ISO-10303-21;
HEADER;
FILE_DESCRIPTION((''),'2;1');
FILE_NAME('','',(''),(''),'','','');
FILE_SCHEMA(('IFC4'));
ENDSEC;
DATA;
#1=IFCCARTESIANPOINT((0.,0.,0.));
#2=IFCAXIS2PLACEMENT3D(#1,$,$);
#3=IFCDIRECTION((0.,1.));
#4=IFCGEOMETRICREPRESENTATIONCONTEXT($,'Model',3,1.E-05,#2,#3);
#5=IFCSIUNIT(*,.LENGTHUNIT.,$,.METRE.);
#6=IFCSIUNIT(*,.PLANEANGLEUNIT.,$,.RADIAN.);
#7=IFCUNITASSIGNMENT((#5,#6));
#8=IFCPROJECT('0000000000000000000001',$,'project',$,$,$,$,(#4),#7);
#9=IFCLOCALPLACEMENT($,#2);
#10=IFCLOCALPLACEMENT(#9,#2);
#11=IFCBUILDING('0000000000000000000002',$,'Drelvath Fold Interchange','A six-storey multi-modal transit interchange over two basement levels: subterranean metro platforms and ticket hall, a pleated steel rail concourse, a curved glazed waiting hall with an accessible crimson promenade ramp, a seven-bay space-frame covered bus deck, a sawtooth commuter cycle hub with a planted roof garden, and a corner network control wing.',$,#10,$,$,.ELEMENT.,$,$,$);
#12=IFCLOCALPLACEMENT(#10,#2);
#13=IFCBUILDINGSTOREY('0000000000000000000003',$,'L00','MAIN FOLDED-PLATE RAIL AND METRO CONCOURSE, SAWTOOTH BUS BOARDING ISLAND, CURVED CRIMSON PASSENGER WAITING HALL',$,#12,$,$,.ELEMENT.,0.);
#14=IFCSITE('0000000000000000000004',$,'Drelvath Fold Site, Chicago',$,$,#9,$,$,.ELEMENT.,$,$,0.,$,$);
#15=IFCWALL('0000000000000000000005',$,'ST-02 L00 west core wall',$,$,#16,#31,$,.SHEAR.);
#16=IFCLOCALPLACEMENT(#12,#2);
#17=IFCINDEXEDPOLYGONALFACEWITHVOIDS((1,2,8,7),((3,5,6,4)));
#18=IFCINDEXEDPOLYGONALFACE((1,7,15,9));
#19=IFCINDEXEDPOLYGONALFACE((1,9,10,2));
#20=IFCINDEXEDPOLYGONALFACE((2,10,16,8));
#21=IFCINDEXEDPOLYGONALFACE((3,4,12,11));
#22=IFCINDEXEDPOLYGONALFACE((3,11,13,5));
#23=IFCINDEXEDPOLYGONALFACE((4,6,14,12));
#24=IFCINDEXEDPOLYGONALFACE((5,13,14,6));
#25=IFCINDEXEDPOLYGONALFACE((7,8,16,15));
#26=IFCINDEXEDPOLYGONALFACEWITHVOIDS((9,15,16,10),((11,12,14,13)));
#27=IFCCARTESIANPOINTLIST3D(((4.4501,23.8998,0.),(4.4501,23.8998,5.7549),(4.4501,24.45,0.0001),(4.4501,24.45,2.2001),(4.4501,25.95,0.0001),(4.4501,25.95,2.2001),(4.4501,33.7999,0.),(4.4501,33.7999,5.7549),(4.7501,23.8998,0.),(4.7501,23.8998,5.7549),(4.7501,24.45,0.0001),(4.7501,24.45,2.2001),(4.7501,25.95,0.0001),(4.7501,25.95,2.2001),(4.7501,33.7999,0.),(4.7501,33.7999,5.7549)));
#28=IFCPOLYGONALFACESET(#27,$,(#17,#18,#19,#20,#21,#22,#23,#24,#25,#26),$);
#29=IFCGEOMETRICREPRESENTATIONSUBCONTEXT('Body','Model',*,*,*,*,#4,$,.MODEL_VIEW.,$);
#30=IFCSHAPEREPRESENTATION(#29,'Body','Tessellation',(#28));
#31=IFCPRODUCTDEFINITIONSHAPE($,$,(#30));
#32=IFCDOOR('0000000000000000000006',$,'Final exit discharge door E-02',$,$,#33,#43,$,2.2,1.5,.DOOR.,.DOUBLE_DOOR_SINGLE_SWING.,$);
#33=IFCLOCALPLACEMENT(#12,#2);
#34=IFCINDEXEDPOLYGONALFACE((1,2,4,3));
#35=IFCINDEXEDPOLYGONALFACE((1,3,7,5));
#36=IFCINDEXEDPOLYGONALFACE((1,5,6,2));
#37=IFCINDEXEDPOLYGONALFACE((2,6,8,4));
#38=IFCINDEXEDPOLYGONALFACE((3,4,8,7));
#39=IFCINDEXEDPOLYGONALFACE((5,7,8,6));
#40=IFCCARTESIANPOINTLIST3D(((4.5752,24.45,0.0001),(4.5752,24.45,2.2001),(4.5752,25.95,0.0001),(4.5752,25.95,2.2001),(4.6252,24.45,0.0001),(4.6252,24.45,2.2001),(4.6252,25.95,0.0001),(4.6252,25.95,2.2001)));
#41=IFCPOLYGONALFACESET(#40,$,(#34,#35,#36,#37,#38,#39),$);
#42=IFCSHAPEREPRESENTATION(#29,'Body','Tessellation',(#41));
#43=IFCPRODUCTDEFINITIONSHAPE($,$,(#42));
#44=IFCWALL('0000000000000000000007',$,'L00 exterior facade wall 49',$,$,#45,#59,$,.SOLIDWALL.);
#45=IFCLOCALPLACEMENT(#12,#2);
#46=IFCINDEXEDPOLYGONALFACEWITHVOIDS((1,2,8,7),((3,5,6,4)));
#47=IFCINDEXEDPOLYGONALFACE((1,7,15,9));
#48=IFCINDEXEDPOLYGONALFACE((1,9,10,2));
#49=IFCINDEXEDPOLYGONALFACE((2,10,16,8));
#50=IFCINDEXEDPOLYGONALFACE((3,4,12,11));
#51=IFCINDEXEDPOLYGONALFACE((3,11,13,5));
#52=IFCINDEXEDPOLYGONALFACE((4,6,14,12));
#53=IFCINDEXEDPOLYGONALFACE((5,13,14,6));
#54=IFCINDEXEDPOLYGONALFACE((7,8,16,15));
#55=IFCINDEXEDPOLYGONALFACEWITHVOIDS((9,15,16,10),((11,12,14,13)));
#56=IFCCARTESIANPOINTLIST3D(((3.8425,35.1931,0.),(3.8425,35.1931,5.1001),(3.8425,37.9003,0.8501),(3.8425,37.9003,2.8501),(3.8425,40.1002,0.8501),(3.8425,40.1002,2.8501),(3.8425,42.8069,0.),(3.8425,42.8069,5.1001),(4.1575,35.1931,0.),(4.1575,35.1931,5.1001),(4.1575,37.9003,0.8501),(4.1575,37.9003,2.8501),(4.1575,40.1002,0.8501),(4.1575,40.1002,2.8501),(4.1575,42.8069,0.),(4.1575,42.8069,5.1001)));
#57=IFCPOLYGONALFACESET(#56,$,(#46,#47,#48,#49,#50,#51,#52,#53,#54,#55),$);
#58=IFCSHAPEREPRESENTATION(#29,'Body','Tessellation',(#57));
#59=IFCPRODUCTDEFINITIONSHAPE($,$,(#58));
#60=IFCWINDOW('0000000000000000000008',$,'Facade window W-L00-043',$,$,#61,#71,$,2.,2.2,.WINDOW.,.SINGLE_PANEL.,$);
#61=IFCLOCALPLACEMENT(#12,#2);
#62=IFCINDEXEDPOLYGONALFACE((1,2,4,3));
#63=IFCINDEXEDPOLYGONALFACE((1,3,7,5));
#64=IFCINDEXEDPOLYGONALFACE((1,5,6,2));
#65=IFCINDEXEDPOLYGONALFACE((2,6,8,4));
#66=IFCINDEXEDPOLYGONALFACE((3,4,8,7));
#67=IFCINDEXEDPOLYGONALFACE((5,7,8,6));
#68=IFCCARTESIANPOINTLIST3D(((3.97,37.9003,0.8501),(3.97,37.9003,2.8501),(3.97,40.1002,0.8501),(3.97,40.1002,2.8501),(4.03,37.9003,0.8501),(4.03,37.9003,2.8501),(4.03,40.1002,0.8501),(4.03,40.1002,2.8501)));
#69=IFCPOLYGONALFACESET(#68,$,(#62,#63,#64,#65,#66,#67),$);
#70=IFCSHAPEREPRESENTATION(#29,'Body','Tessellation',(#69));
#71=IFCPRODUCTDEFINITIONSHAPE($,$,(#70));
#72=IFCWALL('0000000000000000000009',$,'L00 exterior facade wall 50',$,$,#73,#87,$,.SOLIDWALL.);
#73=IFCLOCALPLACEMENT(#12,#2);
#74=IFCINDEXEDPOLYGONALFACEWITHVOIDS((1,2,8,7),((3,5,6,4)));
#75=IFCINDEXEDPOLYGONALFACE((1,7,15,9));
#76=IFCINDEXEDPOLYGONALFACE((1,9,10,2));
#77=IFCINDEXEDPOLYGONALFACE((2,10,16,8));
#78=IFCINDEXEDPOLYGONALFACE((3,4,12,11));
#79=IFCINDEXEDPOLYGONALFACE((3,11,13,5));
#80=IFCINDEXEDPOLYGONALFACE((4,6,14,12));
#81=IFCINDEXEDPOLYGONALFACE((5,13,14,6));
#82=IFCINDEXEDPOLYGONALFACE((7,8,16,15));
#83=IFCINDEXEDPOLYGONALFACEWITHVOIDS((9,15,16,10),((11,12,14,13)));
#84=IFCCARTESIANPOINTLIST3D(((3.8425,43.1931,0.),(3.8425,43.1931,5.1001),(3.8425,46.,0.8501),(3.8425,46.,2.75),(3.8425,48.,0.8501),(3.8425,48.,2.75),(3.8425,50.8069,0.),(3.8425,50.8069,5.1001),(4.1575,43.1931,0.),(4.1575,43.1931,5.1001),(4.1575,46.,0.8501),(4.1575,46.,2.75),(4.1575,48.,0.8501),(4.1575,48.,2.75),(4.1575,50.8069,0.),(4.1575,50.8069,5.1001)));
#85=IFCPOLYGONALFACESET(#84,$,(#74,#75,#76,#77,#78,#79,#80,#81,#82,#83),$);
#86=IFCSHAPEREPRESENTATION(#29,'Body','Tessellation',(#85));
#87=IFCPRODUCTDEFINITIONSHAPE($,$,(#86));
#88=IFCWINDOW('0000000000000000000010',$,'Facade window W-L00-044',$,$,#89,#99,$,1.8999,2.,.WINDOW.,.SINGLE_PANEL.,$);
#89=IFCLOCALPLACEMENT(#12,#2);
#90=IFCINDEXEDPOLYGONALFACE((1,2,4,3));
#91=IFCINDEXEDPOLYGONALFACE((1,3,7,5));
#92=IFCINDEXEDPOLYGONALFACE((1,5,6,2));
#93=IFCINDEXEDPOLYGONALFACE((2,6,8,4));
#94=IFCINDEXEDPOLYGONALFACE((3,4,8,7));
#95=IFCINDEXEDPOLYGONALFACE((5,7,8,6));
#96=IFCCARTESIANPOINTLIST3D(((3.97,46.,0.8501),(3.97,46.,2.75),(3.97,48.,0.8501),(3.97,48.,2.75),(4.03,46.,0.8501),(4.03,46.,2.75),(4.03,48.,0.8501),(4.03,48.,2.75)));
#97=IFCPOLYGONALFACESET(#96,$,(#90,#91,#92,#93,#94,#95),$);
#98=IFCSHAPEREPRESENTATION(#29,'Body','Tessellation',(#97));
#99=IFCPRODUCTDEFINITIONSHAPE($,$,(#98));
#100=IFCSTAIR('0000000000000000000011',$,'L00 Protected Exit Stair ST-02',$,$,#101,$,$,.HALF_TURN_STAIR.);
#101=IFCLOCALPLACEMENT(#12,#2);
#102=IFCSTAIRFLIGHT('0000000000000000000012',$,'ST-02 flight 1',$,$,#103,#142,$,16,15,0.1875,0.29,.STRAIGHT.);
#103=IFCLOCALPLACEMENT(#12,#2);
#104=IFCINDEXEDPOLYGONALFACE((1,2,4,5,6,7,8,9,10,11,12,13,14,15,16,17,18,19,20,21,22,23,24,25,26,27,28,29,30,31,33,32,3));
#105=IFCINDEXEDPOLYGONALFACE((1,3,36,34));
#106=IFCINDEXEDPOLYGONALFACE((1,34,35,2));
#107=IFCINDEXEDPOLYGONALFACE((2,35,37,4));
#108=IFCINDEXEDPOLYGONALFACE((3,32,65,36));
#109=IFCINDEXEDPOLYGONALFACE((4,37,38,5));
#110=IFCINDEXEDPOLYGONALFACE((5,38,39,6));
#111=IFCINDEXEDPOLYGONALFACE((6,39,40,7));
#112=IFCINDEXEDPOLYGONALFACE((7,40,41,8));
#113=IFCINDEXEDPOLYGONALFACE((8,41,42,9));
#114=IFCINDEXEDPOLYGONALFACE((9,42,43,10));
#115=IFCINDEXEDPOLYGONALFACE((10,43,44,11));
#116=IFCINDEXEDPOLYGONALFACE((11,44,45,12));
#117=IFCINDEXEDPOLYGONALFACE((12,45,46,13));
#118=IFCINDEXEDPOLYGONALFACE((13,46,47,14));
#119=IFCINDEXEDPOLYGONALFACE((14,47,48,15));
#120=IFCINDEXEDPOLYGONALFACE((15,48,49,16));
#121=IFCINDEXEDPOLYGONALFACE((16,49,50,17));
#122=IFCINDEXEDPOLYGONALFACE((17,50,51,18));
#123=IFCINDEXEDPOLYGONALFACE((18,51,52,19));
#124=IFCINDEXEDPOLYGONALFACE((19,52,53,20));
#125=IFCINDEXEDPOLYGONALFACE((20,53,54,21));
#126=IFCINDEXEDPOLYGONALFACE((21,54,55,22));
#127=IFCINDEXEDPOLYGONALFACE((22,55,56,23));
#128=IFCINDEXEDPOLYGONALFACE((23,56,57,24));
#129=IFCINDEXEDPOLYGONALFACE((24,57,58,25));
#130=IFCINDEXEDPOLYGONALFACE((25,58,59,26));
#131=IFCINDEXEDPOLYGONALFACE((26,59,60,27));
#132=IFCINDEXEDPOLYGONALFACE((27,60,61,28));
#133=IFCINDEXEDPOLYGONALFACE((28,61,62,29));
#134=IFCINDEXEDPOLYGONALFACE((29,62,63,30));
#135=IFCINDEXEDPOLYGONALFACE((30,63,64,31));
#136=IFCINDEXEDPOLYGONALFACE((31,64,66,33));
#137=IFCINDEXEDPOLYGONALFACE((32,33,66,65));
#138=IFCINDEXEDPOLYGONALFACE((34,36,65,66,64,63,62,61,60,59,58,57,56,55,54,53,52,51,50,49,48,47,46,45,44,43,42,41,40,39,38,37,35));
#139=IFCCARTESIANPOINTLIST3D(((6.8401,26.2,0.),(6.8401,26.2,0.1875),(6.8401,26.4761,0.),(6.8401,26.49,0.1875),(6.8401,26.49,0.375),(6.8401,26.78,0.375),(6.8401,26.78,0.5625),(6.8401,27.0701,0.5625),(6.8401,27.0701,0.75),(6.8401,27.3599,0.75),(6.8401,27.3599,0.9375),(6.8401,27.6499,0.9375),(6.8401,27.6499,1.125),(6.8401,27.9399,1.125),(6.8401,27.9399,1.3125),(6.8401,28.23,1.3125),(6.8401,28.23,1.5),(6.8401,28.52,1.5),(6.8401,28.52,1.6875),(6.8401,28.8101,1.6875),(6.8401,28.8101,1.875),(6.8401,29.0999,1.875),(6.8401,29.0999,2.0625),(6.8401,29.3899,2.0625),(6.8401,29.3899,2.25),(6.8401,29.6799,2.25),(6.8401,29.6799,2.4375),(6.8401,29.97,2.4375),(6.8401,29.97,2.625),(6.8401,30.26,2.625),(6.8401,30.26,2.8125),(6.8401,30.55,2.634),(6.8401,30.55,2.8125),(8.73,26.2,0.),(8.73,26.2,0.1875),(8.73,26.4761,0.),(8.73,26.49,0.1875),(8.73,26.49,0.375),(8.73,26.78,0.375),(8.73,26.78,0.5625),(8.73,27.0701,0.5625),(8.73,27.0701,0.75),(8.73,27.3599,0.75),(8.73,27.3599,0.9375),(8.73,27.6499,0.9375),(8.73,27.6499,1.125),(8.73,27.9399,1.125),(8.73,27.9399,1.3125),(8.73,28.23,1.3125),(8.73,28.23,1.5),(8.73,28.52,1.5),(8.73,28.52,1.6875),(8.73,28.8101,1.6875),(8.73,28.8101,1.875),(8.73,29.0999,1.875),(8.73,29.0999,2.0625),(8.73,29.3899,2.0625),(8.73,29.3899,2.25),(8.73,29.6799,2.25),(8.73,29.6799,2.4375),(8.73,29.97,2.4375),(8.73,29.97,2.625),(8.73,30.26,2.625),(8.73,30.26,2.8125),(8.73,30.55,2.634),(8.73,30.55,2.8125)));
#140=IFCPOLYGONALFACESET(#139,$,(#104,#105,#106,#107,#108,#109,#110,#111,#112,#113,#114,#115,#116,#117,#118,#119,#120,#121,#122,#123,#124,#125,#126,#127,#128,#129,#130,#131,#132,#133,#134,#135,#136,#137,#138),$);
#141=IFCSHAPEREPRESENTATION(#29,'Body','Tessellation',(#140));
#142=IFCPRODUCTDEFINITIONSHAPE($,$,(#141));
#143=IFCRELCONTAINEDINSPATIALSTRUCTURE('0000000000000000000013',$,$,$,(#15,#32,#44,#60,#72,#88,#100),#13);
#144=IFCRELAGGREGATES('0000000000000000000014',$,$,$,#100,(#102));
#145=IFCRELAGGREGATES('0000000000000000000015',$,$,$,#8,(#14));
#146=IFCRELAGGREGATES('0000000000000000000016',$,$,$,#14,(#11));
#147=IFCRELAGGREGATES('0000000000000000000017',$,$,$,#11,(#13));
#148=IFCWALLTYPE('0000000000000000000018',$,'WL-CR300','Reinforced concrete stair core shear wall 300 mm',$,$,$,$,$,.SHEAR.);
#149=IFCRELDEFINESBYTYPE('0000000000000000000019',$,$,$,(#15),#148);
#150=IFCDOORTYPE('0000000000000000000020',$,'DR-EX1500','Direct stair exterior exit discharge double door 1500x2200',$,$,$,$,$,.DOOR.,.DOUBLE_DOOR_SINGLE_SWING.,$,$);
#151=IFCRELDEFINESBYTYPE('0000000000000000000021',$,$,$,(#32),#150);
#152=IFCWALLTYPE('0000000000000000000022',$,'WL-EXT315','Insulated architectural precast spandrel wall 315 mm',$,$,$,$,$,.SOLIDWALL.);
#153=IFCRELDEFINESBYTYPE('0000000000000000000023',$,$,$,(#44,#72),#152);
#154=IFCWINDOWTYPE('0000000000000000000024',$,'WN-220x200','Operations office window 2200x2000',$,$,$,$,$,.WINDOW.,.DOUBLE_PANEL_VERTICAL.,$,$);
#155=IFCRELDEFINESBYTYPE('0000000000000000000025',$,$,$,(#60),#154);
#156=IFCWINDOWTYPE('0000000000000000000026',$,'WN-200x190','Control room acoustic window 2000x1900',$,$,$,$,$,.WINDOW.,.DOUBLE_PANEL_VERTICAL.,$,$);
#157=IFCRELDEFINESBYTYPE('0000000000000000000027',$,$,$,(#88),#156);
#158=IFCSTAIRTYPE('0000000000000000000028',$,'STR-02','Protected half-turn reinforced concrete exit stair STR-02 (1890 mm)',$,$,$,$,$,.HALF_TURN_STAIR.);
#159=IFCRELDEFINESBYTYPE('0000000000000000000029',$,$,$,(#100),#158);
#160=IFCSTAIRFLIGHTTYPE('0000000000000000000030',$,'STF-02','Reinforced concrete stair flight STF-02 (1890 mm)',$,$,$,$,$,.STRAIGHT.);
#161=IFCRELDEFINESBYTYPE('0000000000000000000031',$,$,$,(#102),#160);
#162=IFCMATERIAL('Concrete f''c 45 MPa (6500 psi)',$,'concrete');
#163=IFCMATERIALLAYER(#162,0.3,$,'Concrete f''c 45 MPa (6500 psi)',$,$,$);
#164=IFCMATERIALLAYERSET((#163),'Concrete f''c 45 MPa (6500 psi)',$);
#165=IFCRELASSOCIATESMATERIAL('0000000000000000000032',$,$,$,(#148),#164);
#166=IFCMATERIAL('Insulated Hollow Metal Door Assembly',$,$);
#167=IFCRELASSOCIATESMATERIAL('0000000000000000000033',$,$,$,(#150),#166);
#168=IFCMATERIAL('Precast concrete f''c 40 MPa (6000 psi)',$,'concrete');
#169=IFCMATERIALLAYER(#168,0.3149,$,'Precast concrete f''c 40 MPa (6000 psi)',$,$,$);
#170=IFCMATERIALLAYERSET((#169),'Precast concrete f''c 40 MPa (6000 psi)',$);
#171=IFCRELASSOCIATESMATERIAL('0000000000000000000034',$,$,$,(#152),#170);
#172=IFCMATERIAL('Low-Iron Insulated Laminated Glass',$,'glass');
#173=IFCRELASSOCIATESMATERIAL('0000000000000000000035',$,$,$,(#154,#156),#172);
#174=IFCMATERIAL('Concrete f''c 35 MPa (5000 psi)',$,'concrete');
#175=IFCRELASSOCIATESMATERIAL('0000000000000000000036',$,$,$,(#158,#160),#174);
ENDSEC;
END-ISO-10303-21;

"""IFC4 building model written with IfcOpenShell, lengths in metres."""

from ifc_helpers import new_model, si_unit, direction, frame, frame_2d, origin, place, context, subcontext, project, spatial, polyline, rectangle, outline, extrude, material, layer, layer_set, type_object, element, fill, aggregate, save


model = new_model("IFC4")

# Units and contexts
model_context = context("Model", 3, precision=1e-05, world=origin(), true_north=direction((0.0, 1.0)))
body_context = subcontext(model_context, "Body", "Model", "MODEL_VIEW")
ifc_project = project(units=[si_unit("LENGTHUNIT", "METRE"), si_unit("PLANEANGLEUNIT", "RADIAN")], contexts=[model_context])

# Site, building, storey
site_placement = place(None, origin())
site = spatial("IfcSite", under=ifc_project, at=site_placement, Name="Drelvath Fold Site, Chicago", CompositionType="ELEMENT", RefElevation=0.0)
building_placement = place(site_placement, origin())
building = spatial("IfcBuilding", under=site, at=building_placement, Name="Drelvath Fold Interchange", Description="A six-storey multi-modal transit interchange over two basement levels: subterranean metro platforms and ticket hall, a pleated steel rail concourse, a curved glazed waiting hall with an accessible crimson promenade ramp, a seven-bay space-frame covered bus deck, a sawtooth commuter cycle hub with a planted roof garden, and a corner network control wing.", CompositionType="ELEMENT")
storey_placement = place(building_placement, origin())
storey = spatial("IfcBuildingStorey", under=building, at=storey_placement, Name="L00", Description="MAIN FOLDED-PLATE RAIL AND METRO CONCOURSE, SAWTOOTH BUS BOARDING ISLAND, CURVED CRIMSON PASSENGER WAITING HALL", CompositionType="ELEMENT", Elevation=0.0)

# Shared definitions
ifc_material_1 = material(Name="Concrete f'c 45 MPa (6500 psi)", Category="concrete")
ifc_layer_1 = layer(ifc_material_1, 0.3, Name="Concrete f'c 45 MPa (6500 psi)")
ifc_layer_set_1 = layer_set([ifc_layer_1], Name="Concrete f'c 45 MPa (6500 psi)")
wall_type_1 = type_object("IfcWallType", Name="WL-CR300", Description="Reinforced concrete stair core shear wall 300 mm", PredefinedType="SHEAR", material=ifc_layer_set_1)

# Wall, opening, door
wall_1_placement = place(storey_placement, frame((4.6001, 33.8, 0.0), z_axis=(0.0, 0.0, 1.0), x_axis=(0.0, -1.0, 0.0)))
wall_1 = element("IfcWall", 1, at=wall_1_placement, inside=storey, type_object=wall_type_1, Name="ST-02 L00 west core wall", PredefinedType="SHEAR", context=body_context, shape_type="SweptSolid", body=[
    extrude(rectangle(XDim=9.9001, YDim=0.3, at=frame_2d((4.9502, 0.0))), origin(), (0.0, 0.0, 1.0), 5.7549),
])
opening_1_placement = place(wall_1_placement, frame((7.8501, 0.0, 0.0)))
opening_1 = element("IfcOpeningElement", 2, at=opening_1_placement, cuts=wall_1, PredefinedType="OPENING", context=body_context, shape_type="SweptSolid", body=[
    extrude(rectangle(XDim=1.5, YDim=2.2, at=frame_2d((0.75, 1.1001))), frame((0.0, 0.1599, 0.0), z_axis=(0.0, -1.0, 0.0), x_axis=(1.0, 0.0, 0.0)), (0.0, 0.0, 1.0), 0.3201),
])
ifc_material_2 = material(Name="Insulated Hollow Metal Door Assembly")
door_type = type_object("IfcDoorType", Name="DR-EX1500", Description="Direct stair exterior exit discharge double door 1500x2200", OperationType="DOUBLE_DOOR_SINGLE_SWING", PredefinedType="DOOR", material=ifc_material_2)
door_placement = place(opening_1_placement, frame((1.5, 0.0, 0.0), z_axis=(0.0, 0.0, 1.0), x_axis=(-1.0, 0.0, 0.0)))
door = element("IfcDoor", 3, at=door_placement, inside=storey, type_object=door_type, Name="Final exit discharge door E-02", OperationType="DOUBLE_DOOR_SINGLE_SWING", OverallHeight=2.2, OverallWidth=1.5, PredefinedType="DOOR", context=body_context, shape_type="SweptSolid", body=[
    extrude(rectangle(XDim=1.5, YDim=2.2, at=frame_2d((0.75, 1.1001))), frame((0.0, 0.0249, 0.0), z_axis=(0.0, -1.0, 0.0), x_axis=(1.0, 0.0, 0.0)), (0.0, 0.0, 1.0), 0.05),
])
fill(opening_1, door)

# Walls, openings, windows
ifc_material_3 = material(Name="Precast concrete f'c 40 MPa (6000 psi)", Category="concrete")
ifc_layer_2 = layer(ifc_material_3, 0.3149, Name="Precast concrete f'c 40 MPa (6000 psi)")
ifc_layer_set_2 = layer_set([ifc_layer_2], Name="Precast concrete f'c 40 MPa (6000 psi)")
wall_type_2 = type_object("IfcWallType", Name="WL-EXT315", Description="Insulated architectural precast spandrel wall 315 mm", PredefinedType="SOLIDWALL", material=ifc_layer_set_2)
wall_2_placement = place(storey_placement, frame((4.0, 35.1931, 0.0), z_axis=(0.0, 0.0, 1.0), x_axis=(0.0, 1.0, 0.0)))
wall_2 = element("IfcWall", 4, at=wall_2_placement, inside=storey, type_object=wall_type_2, Name="L00 exterior facade wall 49", PredefinedType="SOLIDWALL", context=body_context, shape_type="SweptSolid", body=[
    extrude(rectangle(XDim=7.6138, YDim=0.3149, at=frame_2d((3.8069, 0.0))), origin(), (0.0, 0.0, 1.0), 5.1001),
])
opening_2_placement = place(wall_2_placement, frame((2.707, 0.0, 0.8501)))
opening_2 = element("IfcOpeningElement", 5, at=opening_2_placement, cuts=wall_2, PredefinedType="OPENING", context=body_context, shape_type="SweptSolid", body=[
    extrude(rectangle(XDim=2.2, YDim=2.0, at=frame_2d((1.1001, 1.0))), frame((0.0, 0.1675, 0.0), z_axis=(0.0, -1.0, 0.0), x_axis=(1.0, 0.0, 0.0)), (0.0, 0.0, 1.0), 0.335),
])
ifc_material_4 = material(Name="Low-Iron Insulated Laminated Glass", Category="glass")
window_type_1 = type_object("IfcWindowType", Name="WN-220x200", Description="Operations office window 2200x2000", PartitioningType="DOUBLE_PANEL_VERTICAL", PredefinedType="WINDOW", material=ifc_material_4)
window_1_placement = place(opening_2_placement, origin())
window_1 = element("IfcWindow", 6, at=window_1_placement, inside=storey, type_object=window_type_1, Name="Facade window W-L00-043", OverallHeight=2.0, OverallWidth=2.2, PartitioningType="SINGLE_PANEL", PredefinedType="WINDOW", context=body_context, shape_type="SweptSolid", body=[
    extrude(rectangle(XDim=2.2, YDim=2.0, at=frame_2d((1.1001, 1.0))), frame((0.0, 0.03, 0.0), z_axis=(0.0, -1.0, 0.0), x_axis=(1.0, 0.0, 0.0)), (0.0, 0.0, 1.0), 0.0601),
])
fill(opening_2, window_1)
wall_3_placement = place(storey_placement, frame((4.0, 43.1931, 0.0), z_axis=(0.0, 0.0, 1.0), x_axis=(0.0, 1.0, 0.0)))
wall_3 = element("IfcWall", 7, at=wall_3_placement, inside=storey, type_object=wall_type_2, Name="L00 exterior facade wall 50", PredefinedType="SOLIDWALL", context=body_context, shape_type="SweptSolid", body=[
    extrude(rectangle(XDim=7.6138, YDim=0.3149, at=frame_2d((3.8069, 0.0))), origin(), (0.0, 0.0, 1.0), 5.1001),
])
opening_3_placement = place(wall_3_placement, frame((2.8069, 0.0, 0.8501)))
opening_3 = element("IfcOpeningElement", 8, at=opening_3_placement, cuts=wall_3, PredefinedType="OPENING", context=body_context, shape_type="SweptSolid", body=[
    extrude(rectangle(XDim=2.0, YDim=1.8999, at=frame_2d((1.0, 0.95))), frame((0.0, 0.1675, 0.0), z_axis=(0.0, -1.0, 0.0), x_axis=(1.0, 0.0, 0.0)), (0.0, 0.0, 1.0), 0.335),
])
window_type_2 = type_object("IfcWindowType", Name="WN-200x190", Description="Control room acoustic window 2000x1900", PartitioningType="DOUBLE_PANEL_VERTICAL", PredefinedType="WINDOW", material=ifc_material_4)
window_2_placement = place(opening_3_placement, origin())
window_2 = element("IfcWindow", 9, at=window_2_placement, inside=storey, type_object=window_type_2, Name="Facade window W-L00-044", OverallHeight=1.8999, OverallWidth=2.0, PartitioningType="SINGLE_PANEL", PredefinedType="WINDOW", context=body_context, shape_type="SweptSolid", body=[
    extrude(rectangle(XDim=2.0, YDim=1.8999, at=frame_2d((1.0, 0.95))), frame((0.0, 0.03, 0.0), z_axis=(0.0, -1.0, 0.0), x_axis=(1.0, 0.0, 0.0)), (0.0, 0.0, 1.0), 0.0601),
])
fill(opening_3, window_2)

# Stair, stair flight
ifc_material_5 = material(Name="Concrete f'c 35 MPa (5000 psi)", Category="concrete")
stair_type = type_object("IfcStairType", Name="STR-02", Description="Protected half-turn reinforced concrete exit stair STR-02 (1890 mm)", PredefinedType="HALF_TURN_STAIR", material=ifc_material_5)
stair_placement = place(storey_placement, origin())
stair = element("IfcStair", 10, at=stair_placement, inside=storey, type_object=stair_type, Name="L00 Protected Exit Stair ST-02", PredefinedType="HALF_TURN_STAIR")
stair_flight_type = type_object("IfcStairFlightType", Name="STF-02", Description="Reinforced concrete stair flight STF-02 (1890 mm)", PredefinedType="STRAIGHT", material=ifc_material_5)
stair_flight_1_placement = place(storey_placement, frame((7.7849, 26.2, 0.0), z_axis=(0.0, 0.0, 1.0), x_axis=(0.0, 1.0, 0.0)))
stair_flight_1 = element("IfcStairFlight", 11, at=stair_flight_1_placement, type_object=stair_flight_type, Name="ST-02 flight 1", NumberOfRisers=16, NumberOfTreads=15, PredefinedType="STRAIGHT", RiserHeight=0.1875, TreadLength=0.29, context=body_context, shape_type="SweptSolid", body=[
    extrude(outline(polyline([(0.0, 0.0), (0.0, 0.1875), (0.29, 0.1875), (0.29, 0.375), (0.5801, 0.375), (0.5801, 0.5625), (0.8701, 0.5625), (0.8701, 0.75), (1.1599, 0.75), (1.1599, 0.9375), (1.45, 0.9375), (1.45, 1.125), (1.74, 1.125), (1.74, 1.3125), (2.03, 1.3125), (2.03, 1.5), (2.3201, 1.5), (2.3201, 1.6875), (2.6101, 1.6875), (2.6101, 1.875), (2.8999, 1.875), (2.8999, 2.0625), (3.1899, 2.0625), (3.1899, 2.25), (3.48, 2.25), (3.48, 2.4375), (3.77, 2.4375), (3.77, 2.625), (4.0601, 2.625), (4.0601, 2.8125), (4.3501, 2.8125), (4.3501, 3.0), (4.3501, 2.634), (0.2761, 0.0), (0.0, 0.0)])), frame((0.0, 0.9448, 0.0), z_axis=(0.0, -1.0, 0.0), x_axis=(1.0, 0.0, 0.0)), (0.0, 0.0, 1.0), 1.8899),
])
aggregate(stair, [stair_flight_1])

save(model, "model.ifc")
